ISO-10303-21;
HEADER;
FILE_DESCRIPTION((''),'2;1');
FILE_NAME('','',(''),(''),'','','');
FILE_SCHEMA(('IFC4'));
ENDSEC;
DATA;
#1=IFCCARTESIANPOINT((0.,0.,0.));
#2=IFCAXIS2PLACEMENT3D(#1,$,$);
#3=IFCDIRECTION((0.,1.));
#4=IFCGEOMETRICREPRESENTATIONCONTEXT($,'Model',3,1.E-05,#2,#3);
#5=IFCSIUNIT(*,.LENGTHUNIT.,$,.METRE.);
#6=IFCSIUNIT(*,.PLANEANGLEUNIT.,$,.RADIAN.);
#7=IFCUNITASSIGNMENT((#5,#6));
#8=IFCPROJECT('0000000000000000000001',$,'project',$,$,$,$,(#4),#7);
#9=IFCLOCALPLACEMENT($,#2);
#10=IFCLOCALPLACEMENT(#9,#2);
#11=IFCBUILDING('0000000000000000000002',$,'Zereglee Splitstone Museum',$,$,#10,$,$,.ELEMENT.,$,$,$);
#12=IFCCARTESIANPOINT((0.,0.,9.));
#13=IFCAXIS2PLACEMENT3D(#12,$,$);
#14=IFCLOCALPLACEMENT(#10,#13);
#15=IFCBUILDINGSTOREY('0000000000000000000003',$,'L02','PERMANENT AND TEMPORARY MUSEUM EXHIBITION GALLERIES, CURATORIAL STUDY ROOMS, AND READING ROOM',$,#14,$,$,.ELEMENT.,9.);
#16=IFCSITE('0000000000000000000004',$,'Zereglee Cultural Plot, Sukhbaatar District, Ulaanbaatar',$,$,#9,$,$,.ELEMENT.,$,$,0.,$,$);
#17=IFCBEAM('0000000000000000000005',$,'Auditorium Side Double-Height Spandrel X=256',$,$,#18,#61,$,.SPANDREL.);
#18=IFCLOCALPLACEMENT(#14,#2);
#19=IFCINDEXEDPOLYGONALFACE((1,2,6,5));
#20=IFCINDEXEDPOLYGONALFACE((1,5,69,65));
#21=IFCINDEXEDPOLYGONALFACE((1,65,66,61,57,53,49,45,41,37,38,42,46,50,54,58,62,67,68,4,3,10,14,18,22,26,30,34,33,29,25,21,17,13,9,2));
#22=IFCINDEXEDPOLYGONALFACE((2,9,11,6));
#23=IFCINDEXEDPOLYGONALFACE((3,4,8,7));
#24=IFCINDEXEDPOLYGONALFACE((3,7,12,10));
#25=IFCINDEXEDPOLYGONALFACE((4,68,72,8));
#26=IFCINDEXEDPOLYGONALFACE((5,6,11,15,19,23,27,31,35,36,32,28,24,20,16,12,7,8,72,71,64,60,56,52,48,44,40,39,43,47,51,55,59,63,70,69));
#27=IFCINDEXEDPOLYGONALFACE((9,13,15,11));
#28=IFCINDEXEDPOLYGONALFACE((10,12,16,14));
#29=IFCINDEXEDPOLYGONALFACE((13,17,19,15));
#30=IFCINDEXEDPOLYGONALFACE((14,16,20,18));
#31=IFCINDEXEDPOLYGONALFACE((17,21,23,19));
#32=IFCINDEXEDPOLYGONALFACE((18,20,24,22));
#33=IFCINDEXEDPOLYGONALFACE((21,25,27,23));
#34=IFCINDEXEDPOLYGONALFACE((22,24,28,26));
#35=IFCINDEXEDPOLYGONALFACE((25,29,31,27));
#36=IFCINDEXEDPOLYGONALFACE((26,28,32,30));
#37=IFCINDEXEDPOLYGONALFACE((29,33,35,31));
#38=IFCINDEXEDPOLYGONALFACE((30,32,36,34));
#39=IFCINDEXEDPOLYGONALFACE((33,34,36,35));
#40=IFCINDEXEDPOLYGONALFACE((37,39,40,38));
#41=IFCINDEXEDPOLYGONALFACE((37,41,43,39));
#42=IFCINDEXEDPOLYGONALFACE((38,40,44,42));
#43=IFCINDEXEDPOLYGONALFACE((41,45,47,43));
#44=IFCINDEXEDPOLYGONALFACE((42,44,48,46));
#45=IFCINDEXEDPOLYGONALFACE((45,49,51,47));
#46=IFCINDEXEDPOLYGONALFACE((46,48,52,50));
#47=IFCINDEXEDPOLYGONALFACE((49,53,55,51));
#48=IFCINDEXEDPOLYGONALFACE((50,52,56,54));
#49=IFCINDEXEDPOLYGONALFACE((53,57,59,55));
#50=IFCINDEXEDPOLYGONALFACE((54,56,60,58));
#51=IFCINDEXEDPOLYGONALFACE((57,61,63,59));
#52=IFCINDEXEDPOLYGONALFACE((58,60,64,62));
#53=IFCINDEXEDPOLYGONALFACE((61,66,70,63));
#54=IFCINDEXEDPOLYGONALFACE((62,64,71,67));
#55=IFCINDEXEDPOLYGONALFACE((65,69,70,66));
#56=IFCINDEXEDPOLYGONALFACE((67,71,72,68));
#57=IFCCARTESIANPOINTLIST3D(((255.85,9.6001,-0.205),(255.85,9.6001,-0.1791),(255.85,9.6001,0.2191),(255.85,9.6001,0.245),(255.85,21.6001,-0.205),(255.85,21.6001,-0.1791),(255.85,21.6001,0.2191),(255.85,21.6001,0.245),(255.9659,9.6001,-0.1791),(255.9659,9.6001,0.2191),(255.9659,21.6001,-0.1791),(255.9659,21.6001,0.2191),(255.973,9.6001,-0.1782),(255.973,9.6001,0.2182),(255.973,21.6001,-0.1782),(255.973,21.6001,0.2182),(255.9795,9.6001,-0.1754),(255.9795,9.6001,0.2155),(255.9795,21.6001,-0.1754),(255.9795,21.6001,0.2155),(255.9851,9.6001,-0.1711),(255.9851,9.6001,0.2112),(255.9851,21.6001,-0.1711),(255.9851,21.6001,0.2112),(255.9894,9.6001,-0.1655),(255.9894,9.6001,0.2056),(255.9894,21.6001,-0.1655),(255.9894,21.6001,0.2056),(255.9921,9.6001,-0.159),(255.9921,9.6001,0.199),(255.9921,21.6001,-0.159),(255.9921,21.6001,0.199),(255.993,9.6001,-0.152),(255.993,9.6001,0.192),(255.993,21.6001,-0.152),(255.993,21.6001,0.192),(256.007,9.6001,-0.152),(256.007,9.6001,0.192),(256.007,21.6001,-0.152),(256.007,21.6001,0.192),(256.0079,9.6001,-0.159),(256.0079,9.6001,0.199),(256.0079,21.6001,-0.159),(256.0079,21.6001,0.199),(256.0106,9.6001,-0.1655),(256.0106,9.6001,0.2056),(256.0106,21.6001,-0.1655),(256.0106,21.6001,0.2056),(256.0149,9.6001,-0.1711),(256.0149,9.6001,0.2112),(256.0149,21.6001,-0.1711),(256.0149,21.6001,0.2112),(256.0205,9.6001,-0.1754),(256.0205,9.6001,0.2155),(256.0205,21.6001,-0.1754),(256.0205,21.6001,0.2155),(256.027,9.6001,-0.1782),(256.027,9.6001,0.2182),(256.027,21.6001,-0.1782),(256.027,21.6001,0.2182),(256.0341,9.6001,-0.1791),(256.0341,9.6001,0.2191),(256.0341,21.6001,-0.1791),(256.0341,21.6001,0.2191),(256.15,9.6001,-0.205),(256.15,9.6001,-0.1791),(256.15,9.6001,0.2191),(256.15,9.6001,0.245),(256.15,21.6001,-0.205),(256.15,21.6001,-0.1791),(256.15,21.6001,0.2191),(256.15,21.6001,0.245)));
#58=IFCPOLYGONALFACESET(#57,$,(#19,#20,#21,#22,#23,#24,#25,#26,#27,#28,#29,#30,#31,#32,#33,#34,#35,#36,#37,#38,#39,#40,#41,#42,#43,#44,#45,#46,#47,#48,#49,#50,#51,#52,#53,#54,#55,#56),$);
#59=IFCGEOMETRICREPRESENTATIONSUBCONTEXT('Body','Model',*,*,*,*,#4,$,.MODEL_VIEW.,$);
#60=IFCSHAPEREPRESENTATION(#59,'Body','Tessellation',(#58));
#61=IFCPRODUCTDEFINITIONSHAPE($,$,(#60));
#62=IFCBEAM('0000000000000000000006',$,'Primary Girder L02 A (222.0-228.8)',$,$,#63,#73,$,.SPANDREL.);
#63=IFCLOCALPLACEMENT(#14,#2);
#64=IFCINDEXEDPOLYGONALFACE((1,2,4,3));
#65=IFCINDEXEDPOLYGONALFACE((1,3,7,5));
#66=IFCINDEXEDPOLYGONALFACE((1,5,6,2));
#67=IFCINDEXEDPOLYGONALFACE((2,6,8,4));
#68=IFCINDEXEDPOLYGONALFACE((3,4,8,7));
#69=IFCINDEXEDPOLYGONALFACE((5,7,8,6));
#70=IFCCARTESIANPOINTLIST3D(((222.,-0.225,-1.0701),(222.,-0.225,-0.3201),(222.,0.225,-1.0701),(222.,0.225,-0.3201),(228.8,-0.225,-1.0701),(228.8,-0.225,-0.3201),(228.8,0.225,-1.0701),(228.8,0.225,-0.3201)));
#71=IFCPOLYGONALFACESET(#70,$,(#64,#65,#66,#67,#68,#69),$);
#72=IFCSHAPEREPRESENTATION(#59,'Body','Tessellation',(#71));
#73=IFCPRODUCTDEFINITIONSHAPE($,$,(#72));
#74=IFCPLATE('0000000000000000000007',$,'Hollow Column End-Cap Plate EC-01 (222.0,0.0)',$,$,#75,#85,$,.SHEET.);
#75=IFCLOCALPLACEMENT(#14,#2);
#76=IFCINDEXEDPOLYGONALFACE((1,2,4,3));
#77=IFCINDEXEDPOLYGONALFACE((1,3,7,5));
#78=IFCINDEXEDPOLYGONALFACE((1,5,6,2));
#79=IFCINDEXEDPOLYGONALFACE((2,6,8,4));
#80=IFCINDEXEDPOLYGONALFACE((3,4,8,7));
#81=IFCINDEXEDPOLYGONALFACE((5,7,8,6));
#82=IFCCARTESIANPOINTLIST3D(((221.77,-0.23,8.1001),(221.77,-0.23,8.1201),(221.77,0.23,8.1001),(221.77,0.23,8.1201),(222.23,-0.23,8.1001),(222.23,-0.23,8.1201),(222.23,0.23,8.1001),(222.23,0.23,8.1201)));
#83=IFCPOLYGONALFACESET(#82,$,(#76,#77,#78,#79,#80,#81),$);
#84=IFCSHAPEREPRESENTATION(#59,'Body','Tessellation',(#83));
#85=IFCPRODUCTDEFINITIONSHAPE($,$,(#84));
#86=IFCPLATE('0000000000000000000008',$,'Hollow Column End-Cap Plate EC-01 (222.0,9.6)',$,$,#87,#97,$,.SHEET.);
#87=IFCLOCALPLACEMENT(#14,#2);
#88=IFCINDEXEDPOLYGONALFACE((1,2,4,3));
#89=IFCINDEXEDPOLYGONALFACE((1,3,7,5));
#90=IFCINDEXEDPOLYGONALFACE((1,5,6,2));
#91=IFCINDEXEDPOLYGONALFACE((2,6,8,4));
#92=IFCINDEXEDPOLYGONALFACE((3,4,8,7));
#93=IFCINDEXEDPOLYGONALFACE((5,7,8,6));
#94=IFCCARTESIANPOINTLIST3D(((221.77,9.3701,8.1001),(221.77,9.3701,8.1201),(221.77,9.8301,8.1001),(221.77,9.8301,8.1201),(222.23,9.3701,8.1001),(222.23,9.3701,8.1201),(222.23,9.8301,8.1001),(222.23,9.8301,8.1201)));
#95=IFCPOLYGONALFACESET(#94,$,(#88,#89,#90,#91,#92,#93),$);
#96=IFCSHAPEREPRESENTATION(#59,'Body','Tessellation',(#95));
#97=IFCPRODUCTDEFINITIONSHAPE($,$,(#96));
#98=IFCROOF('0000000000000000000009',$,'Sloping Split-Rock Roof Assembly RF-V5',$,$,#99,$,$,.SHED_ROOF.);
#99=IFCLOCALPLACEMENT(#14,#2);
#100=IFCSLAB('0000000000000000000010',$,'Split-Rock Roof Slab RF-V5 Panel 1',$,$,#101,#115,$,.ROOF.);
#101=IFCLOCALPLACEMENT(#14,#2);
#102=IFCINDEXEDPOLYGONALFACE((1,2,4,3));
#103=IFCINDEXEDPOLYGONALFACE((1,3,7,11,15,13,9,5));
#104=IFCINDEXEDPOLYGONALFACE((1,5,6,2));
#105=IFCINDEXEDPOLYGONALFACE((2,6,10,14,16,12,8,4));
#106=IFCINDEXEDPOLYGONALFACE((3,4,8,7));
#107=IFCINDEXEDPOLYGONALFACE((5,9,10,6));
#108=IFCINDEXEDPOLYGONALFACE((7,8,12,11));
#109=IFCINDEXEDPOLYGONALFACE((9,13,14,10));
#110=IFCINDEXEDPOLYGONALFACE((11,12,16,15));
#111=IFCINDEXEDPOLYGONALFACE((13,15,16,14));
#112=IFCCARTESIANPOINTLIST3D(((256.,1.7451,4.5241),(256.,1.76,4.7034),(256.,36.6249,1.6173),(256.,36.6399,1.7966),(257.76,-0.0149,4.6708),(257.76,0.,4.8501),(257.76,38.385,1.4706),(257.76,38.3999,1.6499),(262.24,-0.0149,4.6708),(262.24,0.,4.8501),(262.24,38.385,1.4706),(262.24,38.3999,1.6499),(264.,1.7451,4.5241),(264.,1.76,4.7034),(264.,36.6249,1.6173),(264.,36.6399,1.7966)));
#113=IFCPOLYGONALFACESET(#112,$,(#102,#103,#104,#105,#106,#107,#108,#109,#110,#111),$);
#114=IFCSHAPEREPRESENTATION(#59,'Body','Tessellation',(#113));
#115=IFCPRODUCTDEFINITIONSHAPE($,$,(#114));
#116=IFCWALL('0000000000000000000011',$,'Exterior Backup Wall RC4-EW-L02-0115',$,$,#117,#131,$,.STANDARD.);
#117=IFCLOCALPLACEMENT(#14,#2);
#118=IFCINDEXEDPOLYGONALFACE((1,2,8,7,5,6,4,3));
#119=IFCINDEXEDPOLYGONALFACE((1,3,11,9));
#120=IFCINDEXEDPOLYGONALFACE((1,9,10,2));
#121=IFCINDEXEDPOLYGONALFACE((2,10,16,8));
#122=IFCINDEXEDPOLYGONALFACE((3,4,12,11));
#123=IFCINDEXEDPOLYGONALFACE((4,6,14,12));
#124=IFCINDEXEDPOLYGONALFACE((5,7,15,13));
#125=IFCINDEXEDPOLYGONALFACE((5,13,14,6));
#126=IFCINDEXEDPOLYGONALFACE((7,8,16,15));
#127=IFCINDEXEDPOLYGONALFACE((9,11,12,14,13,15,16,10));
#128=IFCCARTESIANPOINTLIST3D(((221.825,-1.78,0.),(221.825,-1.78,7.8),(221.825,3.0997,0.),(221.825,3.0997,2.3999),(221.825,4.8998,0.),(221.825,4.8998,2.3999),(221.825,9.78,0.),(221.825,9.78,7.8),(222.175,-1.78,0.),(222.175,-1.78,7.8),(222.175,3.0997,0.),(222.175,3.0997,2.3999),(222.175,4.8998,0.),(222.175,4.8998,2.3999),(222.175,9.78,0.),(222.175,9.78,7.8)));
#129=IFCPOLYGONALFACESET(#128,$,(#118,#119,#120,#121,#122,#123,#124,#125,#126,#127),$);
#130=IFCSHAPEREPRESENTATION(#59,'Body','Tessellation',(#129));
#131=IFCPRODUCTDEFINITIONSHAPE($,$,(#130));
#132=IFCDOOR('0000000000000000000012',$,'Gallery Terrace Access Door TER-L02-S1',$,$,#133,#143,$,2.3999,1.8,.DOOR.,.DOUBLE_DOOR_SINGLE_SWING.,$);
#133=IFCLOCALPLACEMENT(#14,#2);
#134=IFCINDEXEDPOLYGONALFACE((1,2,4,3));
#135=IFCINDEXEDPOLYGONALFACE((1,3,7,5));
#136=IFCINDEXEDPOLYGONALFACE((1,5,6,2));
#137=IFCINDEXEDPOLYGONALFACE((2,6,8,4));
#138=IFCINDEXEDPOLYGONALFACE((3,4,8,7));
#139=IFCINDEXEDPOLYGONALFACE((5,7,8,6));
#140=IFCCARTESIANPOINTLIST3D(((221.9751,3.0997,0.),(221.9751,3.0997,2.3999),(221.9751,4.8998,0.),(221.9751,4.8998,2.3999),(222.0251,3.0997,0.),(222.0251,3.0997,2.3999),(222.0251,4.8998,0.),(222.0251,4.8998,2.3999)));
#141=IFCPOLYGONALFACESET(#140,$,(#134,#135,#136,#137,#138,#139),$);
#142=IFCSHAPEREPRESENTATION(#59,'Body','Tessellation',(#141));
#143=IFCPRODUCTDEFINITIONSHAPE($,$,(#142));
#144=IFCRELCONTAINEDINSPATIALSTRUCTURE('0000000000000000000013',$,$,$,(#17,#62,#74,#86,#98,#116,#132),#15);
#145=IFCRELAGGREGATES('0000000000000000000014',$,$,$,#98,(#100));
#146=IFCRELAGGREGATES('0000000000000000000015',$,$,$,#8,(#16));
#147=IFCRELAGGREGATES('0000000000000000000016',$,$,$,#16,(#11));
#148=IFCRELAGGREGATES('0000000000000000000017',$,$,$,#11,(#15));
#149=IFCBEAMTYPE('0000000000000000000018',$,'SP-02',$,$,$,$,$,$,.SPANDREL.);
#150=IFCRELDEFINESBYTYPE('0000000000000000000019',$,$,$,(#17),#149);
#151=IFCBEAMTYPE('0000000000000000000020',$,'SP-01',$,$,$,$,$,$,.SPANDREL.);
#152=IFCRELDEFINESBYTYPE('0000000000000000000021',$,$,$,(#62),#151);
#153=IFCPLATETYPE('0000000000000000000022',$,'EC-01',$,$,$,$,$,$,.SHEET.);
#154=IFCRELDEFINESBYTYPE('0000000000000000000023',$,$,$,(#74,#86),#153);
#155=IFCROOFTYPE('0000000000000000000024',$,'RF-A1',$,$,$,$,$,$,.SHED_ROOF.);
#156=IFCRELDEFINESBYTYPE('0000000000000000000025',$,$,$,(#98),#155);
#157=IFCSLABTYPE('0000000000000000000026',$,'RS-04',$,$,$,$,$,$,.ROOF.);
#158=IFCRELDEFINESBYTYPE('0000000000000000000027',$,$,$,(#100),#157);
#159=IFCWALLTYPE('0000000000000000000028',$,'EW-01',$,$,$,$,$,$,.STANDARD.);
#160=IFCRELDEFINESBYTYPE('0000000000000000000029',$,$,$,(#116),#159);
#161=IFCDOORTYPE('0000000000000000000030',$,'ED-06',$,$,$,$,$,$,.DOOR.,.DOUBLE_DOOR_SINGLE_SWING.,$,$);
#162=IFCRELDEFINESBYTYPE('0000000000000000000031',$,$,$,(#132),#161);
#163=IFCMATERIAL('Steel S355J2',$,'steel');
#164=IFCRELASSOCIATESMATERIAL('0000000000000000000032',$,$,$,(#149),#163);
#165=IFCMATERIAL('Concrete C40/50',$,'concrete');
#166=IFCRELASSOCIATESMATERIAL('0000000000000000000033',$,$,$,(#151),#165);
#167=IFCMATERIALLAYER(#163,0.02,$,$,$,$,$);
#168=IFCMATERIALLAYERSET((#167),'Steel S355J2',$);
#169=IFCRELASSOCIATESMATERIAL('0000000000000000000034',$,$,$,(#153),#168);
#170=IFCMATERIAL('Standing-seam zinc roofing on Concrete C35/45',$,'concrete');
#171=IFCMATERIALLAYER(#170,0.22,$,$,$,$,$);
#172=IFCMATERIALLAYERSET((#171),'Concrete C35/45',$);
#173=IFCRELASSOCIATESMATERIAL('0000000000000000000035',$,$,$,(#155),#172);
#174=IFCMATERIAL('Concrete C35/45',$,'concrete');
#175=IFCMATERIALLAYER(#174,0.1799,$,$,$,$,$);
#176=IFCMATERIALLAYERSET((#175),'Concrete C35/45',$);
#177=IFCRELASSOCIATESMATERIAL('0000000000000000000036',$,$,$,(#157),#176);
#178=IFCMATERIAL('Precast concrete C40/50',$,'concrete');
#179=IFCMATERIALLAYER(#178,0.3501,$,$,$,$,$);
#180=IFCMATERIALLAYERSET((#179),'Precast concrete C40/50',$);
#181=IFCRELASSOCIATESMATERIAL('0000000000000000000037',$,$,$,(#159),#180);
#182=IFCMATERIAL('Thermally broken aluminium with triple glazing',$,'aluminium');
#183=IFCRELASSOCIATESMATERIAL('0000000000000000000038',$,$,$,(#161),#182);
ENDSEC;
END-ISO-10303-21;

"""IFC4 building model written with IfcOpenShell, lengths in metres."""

from ifc_helpers import new_model, si_unit, direction, frame, frame_2d, origin, origin_2d, place, context, subcontext, project, spatial, polyline, rectangle, i_section, outline, extrude, material, layer, layer_set, material_profile, profile_set, type_object, element, fill, aggregate, save


model = new_model("IFC4")

# Units and contexts
model_context = context("Model", 3, precision=1e-05, world=origin(), true_north=direction((0.0, 1.0)))
body_context = subcontext(model_context, "Body", "Model", "MODEL_VIEW")
ifc_project = project(units=[si_unit("LENGTHUNIT", "METRE"), si_unit("PLANEANGLEUNIT", "RADIAN")], contexts=[model_context])

# Site, building, storey
site_placement = place(None, origin())
site = spatial("IfcSite", under=ifc_project, at=site_placement, Name="Zereglee Cultural Plot, Sukhbaatar District, Ulaanbaatar", CompositionType="ELEMENT", RefElevation=0.0)
building_placement = place(site_placement, origin())
building = spatial("IfcBuilding", under=site, at=building_placement, Name="Zereglee Splitstone Museum", CompositionType="ELEMENT")
storey_placement = place(building_placement, frame((0.0, 0.0, 9.0)))
storey = spatial("IfcBuildingStorey", under=building, at=storey_placement, Name="L02", Description="PERMANENT AND TEMPORARY MUSEUM EXHIBITION GALLERIES, CURATORIAL STUDY ROOMS, AND READING ROOM", CompositionType="ELEMENT", Elevation=9.0)

# Shared definitions
ifc_material_1 = material(Name="Steel S355J2", Category="steel")

# Beams
ifc_material_profile_1 = material_profile(ifc_material_1, i_section(OverallWidth=0.3, OverallDepth=0.45, WebThickness=0.0139, FlangeThickness=0.0259, FilletRadius=0.0271, at=origin_2d()), Name="HE 450 B")
ifc_profile_set_1 = profile_set([ifc_material_profile_1], Name="Steel S355J2")
beam_type_1 = type_object("IfcBeamType", Name="SP-02", PredefinedType="SPANDREL", material=ifc_profile_set_1)
beam_1_placement = place(storey_placement, frame((256.0, 9.6001, 0.02), z_axis=(0.0, 1.0, 0.0), x_axis=(-1.0, 0.0, 0.0)))
element("IfcBeam", 1, at=beam_1_placement, inside=storey, type_object=beam_type_1, Name="Auditorium Side Double-Height Spandrel X=256", PredefinedType="SPANDREL", context=body_context, shape_type="SweptSolid", body=[
    extrude(i_section(OverallWidth=0.3, OverallDepth=0.45, WebThickness=0.0139, FlangeThickness=0.0259, FilletRadius=0.0271, at=origin_2d()), origin(), (0.0, 0.0, 1.0), 12.0),
])
ifc_material_2 = material(Name="Concrete C40/50", Category="concrete")
ifc_material_profile_2 = material_profile(ifc_material_2, rectangle(XDim=0.45, YDim=0.75, at=origin_2d()), Name="RC 450x750")
ifc_profile_set_2 = profile_set([ifc_material_profile_2], Name="Concrete C40/50")
beam_type_2 = type_object("IfcBeamType", Name="SP-01", PredefinedType="SPANDREL", material=ifc_profile_set_2)
beam_2_placement = place(storey_placement, frame((222.0, 0.0, -0.6951), z_axis=(1.0, 0.0, 0.0), x_axis=(0.0, 1.0, 0.0)))
element("IfcBeam", 2, at=beam_2_placement, inside=storey, type_object=beam_type_2, Name="Primary Girder L02 A (222.0-228.8)", PredefinedType="SPANDREL", context=body_context, shape_type="SweptSolid", body=[
    extrude(rectangle(XDim=0.45, YDim=0.75, at=origin_2d()), origin(), (0.0, 0.0, 1.0), 6.8),
])

# Plates
ifc_layer_1 = layer(ifc_material_1, 0.02)
ifc_layer_set_1 = layer_set([ifc_layer_1], Name="Steel S355J2")
plate_type = type_object("IfcPlateType", Name="EC-01", PredefinedType="SHEET", material=ifc_layer_set_1)
for number, where, z_axis, x_axis, name in (
    (3, (222.0, 0.0, 8.1001), (0.0, 0.0, 1.0), (1.0, 0.0, 0.0), "Hollow Column End-Cap Plate EC-01 (222.0,0.0)"),
    (4, (222.0, 9.6001, 8.1001), (0.0, 0.0, 1.0), (1.0, 0.0, 0.0), "Hollow Column End-Cap Plate EC-01 (222.0,9.6)"),
):
    element("IfcPlate", number, at=place(storey_placement, frame(where, z_axis=z_axis, x_axis=x_axis)), inside=storey, type_object=plate_type, Name=name, PredefinedType="SHEET", context=body_context, shape_type="SweptSolid", body=[
        extrude(rectangle(XDim=0.46, YDim=0.46, at=origin_2d()), origin(), (0.0, 0.0, 1.0), 0.02),
    ])

# Roof, slab
ifc_material_3 = material(Name="Standing-seam zinc roofing on Concrete C35/45", Category="concrete")
ifc_layer_2 = layer(ifc_material_3, 0.22)
ifc_layer_set_2 = layer_set([ifc_layer_2], Name="Concrete C35/45")
roof_type = type_object("IfcRoofType", Name="RF-A1", PredefinedType="SHED_ROOF", material=ifc_layer_set_2)
roof_placement = place(storey_placement, origin())
roof = element("IfcRoof", 5, at=roof_placement, inside=storey, type_object=roof_type, Name="Sloping Split-Rock Roof Assembly RF-V5", PredefinedType="SHED_ROOF")
ifc_material_4 = material(Name="Concrete C35/45", Category="concrete")
ifc_layer_3 = layer(ifc_material_4, 0.1799)
ifc_layer_set_3 = layer_set([ifc_layer_3], Name="Concrete C35/45")
slab_type = type_object("IfcSlabType", Name="RS-04", PredefinedType="ROOF", material=ifc_layer_set_3)
slab_placement = place(storey_placement, frame((257.76, 0.0, 4.8501), z_axis=(0.0, 0.08305, 0.996545), x_axis=(1.0, 0.0, 0.0)))
slab = element("IfcSlab", 6, at=slab_placement, type_object=slab_type, Name="Split-Rock Roof Slab RF-V5 Panel 1", PredefinedType="ROOF", context=body_context, shape_type="SweptSolid", body=[
    extrude(outline(polyline([(0.0, 0.0), (4.48, 0.0), (6.24, 1.7661), (6.24, 36.7669), (4.48, 38.533), (0.0, 38.533), (-1.76, 36.7669), (-1.76, 1.7661), (0.0, 0.0)])), origin(), (0.0, 0.0, -1.0), 0.1799),
])
aggregate(roof, [slab])

# Wall, opening, door
ifc_material_5 = material(Name="Precast concrete C40/50", Category="concrete")
ifc_layer_4 = layer(ifc_material_5, 0.3501)
ifc_layer_set_4 = layer_set([ifc_layer_4], Name="Precast concrete C40/50")
wall_type = type_object("IfcWallType", Name="EW-01", PredefinedType="STANDARD", material=ifc_layer_set_4)
wall_1_placement = place(storey_placement, frame((222.0, -1.78, 0.0), z_axis=(0.0, 0.0, 1.0), x_axis=(0.0, 1.0, 0.0)))
wall_1 = element("IfcWall", 7, at=wall_1_placement, inside=storey, type_object=wall_type, Name="Exterior Backup Wall RC4-EW-L02-0115", PredefinedType="STANDARD", context=body_context, shape_type="SweptSolid", body=[
    extrude(rectangle(XDim=11.5601, YDim=0.3501, at=frame_2d((5.78, 0.0))), origin(), (0.0, 0.0, 1.0), 7.8),
])
opening_1_placement = place(wall_1_placement, frame((4.8799, 0.0, 0.0)))
opening_1 = element("IfcOpeningElement", 8, at=opening_1_placement, cuts=wall_1, PredefinedType="OPENING", context=body_context, shape_type="SweptSolid", body=[
    extrude(rectangle(XDim=1.8, YDim=2.3999, at=frame_2d((0.8999, 1.2))), frame((0.0, 0.1899, 0.0), z_axis=(0.0, -1.0, 0.0), x_axis=(1.0, 0.0, 0.0)), (0.0, 0.0, 1.0), 0.3799),
])
ifc_material_6 = material(Name="Thermally broken aluminium with triple glazing", Category="aluminium")
door_type = type_object("IfcDoorType", Name="ED-06", OperationType="DOUBLE_DOOR_SINGLE_SWING", PredefinedType="DOOR", material=ifc_material_6)
door_placement = place(opening_1_placement, origin())
door = element("IfcDoor", 9, at=door_placement, inside=storey, type_object=door_type, Name="Gallery Terrace Access Door TER-L02-S1", OperationType="DOUBLE_DOOR_SINGLE_SWING", OverallHeight=2.3999, OverallWidth=1.8, PredefinedType="DOOR", context=body_context, shape_type="SweptSolid", body=[
    extrude(rectangle(XDim=1.8, YDim=2.3999, at=frame_2d((0.8999, 1.2))), frame((0.0, 0.0249, 0.0), z_axis=(0.0, -1.0, 0.0), x_axis=(1.0, 0.0, 0.0)), (0.0, 0.0, 1.0), 0.05),
])
fill(opening_1, door)

save(model, "model.ifc")
